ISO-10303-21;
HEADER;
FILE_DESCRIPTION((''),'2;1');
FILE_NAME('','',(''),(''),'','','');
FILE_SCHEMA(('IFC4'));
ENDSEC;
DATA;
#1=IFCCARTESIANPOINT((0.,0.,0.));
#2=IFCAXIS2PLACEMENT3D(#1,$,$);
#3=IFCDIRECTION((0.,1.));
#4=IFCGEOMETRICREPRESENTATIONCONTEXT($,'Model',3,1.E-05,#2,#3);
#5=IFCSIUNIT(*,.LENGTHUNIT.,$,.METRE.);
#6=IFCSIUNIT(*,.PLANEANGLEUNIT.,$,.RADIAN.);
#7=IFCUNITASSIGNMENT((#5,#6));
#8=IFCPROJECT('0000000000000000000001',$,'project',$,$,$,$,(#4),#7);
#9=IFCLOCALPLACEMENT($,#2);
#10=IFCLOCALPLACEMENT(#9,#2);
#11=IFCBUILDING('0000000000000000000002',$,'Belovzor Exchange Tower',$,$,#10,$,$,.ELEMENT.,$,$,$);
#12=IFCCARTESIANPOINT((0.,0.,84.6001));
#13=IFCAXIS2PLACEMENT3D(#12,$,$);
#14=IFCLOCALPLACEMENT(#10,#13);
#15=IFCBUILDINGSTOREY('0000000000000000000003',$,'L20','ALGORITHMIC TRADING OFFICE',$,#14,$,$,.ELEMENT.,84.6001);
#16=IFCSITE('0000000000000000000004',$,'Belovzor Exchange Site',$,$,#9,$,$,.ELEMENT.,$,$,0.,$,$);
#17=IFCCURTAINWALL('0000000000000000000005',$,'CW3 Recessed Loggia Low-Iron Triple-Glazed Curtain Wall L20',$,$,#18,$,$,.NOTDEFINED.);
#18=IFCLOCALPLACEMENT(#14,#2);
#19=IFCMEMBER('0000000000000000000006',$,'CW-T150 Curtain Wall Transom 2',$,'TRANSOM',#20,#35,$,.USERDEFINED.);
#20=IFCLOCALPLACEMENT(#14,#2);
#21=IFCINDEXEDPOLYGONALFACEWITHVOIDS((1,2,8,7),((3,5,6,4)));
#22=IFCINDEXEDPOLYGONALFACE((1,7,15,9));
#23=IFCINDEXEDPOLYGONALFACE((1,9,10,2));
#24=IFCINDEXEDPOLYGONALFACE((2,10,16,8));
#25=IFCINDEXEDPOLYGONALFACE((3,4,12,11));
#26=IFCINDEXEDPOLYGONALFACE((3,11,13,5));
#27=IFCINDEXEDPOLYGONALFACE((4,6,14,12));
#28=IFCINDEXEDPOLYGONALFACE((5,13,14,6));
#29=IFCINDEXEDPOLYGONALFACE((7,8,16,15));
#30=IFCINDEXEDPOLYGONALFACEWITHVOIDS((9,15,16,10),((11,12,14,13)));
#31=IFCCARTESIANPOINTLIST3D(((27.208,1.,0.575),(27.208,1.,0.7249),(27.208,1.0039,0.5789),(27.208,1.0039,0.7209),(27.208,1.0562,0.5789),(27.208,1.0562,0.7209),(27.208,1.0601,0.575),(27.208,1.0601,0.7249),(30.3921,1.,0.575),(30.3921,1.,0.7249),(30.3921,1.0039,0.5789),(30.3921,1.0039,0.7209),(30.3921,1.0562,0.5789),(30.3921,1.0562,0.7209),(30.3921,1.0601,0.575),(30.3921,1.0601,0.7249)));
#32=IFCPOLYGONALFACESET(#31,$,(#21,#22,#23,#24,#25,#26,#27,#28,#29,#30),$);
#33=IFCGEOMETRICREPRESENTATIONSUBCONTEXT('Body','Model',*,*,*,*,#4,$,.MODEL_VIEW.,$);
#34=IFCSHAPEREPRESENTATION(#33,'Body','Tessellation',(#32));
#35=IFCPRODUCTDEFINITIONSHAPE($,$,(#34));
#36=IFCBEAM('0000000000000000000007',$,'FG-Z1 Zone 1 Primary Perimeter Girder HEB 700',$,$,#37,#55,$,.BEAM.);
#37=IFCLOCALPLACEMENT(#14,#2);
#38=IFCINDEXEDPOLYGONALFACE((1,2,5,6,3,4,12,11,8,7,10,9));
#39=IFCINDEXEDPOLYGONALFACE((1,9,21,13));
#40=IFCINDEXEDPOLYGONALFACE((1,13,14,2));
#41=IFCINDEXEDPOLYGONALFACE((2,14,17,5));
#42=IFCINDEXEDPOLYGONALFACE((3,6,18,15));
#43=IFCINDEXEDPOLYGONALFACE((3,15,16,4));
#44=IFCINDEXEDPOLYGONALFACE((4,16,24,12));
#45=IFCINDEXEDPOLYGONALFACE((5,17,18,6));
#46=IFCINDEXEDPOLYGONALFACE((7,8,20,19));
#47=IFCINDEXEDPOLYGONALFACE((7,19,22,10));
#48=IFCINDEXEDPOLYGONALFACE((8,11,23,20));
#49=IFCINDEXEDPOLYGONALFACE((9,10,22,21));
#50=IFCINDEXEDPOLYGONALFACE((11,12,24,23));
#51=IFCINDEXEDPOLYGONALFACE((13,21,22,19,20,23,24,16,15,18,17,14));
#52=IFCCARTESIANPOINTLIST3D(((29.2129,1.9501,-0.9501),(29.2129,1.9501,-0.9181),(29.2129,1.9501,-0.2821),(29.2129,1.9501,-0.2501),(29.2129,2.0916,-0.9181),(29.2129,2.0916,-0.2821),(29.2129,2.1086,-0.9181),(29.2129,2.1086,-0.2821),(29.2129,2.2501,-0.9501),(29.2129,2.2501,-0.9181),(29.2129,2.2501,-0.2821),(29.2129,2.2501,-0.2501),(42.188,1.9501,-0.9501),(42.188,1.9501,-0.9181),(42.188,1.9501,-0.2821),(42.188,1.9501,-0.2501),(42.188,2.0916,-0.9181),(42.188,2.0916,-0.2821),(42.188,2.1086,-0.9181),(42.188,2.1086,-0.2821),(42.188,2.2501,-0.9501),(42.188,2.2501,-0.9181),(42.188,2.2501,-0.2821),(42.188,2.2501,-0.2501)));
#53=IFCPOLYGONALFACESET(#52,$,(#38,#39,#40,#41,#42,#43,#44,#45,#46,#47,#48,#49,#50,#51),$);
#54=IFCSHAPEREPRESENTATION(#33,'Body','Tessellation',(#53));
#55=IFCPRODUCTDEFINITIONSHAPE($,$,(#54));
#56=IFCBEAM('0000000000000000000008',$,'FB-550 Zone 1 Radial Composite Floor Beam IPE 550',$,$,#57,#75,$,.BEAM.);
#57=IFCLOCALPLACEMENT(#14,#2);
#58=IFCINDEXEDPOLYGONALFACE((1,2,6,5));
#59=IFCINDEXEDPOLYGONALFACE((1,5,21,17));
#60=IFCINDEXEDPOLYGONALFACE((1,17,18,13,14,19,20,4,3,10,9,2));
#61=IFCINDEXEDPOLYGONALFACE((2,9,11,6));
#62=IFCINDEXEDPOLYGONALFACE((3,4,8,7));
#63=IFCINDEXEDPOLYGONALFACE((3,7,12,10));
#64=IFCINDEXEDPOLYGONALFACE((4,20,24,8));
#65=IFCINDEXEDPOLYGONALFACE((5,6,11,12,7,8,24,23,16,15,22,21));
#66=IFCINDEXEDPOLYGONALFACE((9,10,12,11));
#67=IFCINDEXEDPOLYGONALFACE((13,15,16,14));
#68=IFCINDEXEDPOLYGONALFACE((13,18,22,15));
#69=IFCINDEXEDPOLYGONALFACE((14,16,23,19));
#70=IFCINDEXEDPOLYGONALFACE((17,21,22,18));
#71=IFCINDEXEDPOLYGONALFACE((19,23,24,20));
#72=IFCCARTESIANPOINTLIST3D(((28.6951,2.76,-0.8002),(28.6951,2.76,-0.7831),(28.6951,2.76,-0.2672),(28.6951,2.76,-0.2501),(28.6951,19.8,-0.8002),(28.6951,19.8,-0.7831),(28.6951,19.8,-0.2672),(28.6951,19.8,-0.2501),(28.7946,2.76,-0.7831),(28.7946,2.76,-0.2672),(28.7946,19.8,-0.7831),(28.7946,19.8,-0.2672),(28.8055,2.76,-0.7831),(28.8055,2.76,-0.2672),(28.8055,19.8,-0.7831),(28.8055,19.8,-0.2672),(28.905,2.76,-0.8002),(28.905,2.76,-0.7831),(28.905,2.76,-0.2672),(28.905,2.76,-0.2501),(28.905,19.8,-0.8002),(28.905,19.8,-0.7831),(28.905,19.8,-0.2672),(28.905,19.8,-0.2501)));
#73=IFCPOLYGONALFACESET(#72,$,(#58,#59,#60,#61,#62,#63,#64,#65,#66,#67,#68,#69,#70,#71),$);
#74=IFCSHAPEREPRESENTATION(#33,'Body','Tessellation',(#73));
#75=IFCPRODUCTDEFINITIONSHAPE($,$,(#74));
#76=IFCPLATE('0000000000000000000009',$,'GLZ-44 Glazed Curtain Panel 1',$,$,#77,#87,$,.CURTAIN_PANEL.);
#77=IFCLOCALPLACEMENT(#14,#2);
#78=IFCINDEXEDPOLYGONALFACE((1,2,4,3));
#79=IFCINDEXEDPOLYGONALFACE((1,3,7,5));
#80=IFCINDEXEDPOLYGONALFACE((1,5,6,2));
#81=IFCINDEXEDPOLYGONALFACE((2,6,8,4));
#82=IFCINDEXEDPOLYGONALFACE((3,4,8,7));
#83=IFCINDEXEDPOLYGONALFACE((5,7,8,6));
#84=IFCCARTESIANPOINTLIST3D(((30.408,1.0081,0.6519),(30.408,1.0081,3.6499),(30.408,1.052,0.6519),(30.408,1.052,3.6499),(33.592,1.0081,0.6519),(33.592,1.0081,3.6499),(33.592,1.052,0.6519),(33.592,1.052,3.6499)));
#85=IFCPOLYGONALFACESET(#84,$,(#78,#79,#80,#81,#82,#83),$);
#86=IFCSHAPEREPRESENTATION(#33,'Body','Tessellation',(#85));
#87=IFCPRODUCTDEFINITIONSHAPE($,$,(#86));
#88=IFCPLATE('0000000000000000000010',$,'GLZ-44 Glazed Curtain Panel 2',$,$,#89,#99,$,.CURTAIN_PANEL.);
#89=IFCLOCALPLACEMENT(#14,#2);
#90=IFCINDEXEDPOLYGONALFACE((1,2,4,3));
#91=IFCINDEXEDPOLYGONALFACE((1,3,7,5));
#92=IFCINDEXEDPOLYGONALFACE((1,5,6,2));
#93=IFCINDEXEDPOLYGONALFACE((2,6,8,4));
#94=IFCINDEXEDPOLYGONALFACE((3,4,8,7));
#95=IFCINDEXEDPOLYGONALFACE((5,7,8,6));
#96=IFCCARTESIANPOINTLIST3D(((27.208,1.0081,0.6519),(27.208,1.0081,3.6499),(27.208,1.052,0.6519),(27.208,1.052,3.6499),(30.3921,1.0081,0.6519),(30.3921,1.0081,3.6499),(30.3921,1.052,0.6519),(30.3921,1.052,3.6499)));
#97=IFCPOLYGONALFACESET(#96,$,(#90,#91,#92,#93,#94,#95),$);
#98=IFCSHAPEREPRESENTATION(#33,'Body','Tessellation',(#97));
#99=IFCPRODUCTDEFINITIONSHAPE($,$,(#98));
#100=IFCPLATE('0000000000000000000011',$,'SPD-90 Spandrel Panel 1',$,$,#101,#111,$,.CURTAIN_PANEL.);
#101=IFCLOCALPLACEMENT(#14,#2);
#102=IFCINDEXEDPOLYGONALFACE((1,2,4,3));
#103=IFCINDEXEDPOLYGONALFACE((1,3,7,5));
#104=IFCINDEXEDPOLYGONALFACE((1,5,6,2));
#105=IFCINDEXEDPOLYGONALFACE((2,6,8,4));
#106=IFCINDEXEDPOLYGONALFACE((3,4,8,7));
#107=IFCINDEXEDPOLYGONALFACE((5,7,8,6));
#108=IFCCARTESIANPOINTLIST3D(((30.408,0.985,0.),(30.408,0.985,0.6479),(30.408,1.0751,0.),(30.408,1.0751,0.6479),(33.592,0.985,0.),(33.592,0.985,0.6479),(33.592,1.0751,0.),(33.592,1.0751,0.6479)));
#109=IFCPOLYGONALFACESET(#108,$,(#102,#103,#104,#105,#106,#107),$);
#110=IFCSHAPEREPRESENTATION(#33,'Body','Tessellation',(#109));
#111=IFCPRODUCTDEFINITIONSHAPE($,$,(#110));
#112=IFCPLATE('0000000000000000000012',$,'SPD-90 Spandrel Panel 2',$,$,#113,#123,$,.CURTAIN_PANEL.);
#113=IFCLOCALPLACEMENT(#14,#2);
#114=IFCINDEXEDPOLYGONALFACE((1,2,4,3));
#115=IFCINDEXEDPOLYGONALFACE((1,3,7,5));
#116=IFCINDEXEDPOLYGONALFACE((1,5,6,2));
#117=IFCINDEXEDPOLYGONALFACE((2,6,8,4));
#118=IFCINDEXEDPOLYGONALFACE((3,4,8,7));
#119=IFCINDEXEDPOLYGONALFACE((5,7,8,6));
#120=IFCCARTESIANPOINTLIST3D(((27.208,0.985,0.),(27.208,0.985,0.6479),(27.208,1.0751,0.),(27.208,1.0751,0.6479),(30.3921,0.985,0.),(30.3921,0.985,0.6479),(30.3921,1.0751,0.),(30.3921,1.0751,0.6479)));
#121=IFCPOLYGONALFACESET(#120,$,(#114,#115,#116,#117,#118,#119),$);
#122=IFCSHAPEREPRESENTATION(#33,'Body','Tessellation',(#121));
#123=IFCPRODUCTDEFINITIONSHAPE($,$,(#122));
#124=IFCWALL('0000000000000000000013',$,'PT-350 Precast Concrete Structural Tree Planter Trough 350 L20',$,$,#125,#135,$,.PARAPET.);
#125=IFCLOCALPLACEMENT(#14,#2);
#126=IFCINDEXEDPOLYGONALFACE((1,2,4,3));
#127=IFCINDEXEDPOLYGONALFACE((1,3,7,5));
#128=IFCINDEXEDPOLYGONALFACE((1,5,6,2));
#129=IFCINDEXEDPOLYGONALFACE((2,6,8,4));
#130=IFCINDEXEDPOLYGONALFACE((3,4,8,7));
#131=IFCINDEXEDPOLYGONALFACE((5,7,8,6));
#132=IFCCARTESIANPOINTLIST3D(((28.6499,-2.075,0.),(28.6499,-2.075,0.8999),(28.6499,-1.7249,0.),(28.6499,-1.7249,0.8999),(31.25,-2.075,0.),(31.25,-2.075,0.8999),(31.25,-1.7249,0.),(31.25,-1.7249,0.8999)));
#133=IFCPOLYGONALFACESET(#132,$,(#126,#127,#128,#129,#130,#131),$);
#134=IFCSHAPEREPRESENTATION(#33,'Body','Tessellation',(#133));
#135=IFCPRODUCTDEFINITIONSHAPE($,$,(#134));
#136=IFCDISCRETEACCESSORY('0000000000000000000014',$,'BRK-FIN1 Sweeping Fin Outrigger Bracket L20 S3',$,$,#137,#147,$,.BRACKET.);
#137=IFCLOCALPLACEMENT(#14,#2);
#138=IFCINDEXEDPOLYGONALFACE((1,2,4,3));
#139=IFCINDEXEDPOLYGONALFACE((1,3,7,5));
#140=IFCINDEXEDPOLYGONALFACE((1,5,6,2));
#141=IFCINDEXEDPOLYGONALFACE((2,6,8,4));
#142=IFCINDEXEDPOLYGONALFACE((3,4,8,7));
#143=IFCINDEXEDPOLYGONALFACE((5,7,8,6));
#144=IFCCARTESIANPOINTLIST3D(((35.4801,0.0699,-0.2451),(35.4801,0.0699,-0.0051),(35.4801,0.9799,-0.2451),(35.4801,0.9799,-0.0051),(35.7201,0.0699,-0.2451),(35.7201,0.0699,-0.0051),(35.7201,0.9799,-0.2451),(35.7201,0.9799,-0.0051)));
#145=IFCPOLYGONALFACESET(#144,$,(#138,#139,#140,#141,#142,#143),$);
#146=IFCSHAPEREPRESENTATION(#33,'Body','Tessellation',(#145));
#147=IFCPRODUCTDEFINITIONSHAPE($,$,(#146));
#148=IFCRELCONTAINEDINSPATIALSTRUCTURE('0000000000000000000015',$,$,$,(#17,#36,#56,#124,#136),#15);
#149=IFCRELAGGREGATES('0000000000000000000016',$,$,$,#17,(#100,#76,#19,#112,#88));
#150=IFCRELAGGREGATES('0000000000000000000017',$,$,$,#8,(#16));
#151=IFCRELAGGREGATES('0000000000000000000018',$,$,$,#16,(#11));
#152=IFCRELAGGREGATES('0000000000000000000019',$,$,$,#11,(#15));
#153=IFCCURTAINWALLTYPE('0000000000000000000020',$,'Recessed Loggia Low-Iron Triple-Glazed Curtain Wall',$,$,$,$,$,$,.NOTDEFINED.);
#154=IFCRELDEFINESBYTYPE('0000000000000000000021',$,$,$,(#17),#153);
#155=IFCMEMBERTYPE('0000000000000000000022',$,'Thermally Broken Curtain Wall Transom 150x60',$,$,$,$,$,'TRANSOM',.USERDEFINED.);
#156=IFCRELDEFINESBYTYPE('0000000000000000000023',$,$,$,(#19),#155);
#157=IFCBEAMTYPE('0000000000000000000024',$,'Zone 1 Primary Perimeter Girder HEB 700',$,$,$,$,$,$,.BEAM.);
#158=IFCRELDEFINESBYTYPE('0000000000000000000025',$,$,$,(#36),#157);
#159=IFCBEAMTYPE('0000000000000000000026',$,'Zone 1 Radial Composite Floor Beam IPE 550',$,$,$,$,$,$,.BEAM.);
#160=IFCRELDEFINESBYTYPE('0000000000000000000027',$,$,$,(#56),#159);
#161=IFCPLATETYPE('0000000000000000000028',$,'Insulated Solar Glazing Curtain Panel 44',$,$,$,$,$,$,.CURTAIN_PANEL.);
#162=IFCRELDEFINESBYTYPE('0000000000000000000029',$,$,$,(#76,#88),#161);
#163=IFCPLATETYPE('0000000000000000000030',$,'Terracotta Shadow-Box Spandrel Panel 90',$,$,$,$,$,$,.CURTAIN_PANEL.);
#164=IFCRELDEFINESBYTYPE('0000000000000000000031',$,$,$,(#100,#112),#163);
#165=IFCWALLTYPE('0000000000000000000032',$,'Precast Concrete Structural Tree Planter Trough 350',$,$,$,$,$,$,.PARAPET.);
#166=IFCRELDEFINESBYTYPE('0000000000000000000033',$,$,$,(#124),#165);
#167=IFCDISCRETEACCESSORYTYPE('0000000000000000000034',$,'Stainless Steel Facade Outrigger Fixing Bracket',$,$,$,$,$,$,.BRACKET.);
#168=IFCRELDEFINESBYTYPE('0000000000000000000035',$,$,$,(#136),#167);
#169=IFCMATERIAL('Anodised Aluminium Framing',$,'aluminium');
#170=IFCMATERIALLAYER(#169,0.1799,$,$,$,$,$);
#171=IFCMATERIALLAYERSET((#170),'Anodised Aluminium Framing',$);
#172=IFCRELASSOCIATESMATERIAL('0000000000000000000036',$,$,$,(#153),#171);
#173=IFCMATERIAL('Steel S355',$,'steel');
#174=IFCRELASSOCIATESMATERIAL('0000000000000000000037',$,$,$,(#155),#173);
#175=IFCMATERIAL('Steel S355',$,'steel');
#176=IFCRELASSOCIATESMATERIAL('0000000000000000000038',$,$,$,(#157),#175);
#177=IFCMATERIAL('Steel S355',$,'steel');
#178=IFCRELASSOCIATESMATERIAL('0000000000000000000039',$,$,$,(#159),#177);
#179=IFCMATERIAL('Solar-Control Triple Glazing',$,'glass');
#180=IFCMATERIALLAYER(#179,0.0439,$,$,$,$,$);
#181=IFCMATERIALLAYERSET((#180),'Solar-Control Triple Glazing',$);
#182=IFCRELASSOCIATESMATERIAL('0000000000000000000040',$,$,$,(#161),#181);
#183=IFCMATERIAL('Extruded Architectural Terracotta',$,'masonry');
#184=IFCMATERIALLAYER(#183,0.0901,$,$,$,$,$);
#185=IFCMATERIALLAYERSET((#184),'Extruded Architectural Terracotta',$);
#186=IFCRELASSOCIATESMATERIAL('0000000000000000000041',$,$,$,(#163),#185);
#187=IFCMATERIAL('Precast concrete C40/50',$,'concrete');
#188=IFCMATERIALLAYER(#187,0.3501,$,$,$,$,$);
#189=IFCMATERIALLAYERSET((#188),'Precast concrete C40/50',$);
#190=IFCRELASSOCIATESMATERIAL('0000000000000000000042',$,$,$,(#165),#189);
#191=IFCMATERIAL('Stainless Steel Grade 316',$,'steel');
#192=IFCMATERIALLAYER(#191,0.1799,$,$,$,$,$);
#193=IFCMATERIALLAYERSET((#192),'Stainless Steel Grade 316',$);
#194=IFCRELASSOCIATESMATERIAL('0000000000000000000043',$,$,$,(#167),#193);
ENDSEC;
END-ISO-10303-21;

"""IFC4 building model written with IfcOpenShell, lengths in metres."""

from ifc_helpers import new_model, si_unit, direction, frame, frame_2d, origin, origin_2d, place, context, subcontext, project, spatial, rectangle, hollow_rectangle, i_section, extrude, material, layer, layer_set, material_profile, profile_set, type_object, element, aggregate, save


model = new_model("IFC4")

# Units and contexts
model_context = context("Model", 3, precision=1e-05, world=origin(), true_north=direction((0.0, 1.0)))
body_context = subcontext(model_context, "Body", "Model", "MODEL_VIEW")
ifc_project = project(units=[si_unit("LENGTHUNIT", "METRE"), si_unit("PLANEANGLEUNIT", "RADIAN")], contexts=[model_context])

# Site, building, storey
site_placement = place(None, origin())
site = spatial("IfcSite", under=ifc_project, at=site_placement, Name="Belovzor Exchange Site", CompositionType="ELEMENT", RefElevation=0.0)
building_placement = place(site_placement, origin())
building = spatial("IfcBuilding", under=site, at=building_placement, Name="Belovzor Exchange Tower", CompositionType="ELEMENT")
storey_placement = place(building_placement, frame((0.0, 0.0, 84.6001)))
storey = spatial("IfcBuildingStorey", under=building, at=storey_placement, Name="L20", Description="ALGORITHMIC TRADING OFFICE", CompositionType="ELEMENT", Elevation=84.6001)

# Curtain wall, member
ifc_material_1 = material(Name="Anodised Aluminium Framing", Category="aluminium")
ifc_layer_1 = layer(ifc_material_1, 0.1799)
ifc_layer_set_1 = layer_set([ifc_layer_1], Name="Anodised Aluminium Framing")
curtain_wall_type = type_object("IfcCurtainWallType", Name="Recessed Loggia Low-Iron Triple-Glazed Curtain Wall", PredefinedType="NOTDEFINED", material=ifc_layer_set_1)
curtain_wall_placement = place(storey_placement, origin())
curtain_wall = element("IfcCurtainWall", 1, at=curtain_wall_placement, inside=storey, type_object=curtain_wall_type, Name="CW3 Recessed Loggia Low-Iron Triple-Glazed Curtain Wall L20", PredefinedType="NOTDEFINED")
ifc_material_2 = material(Name="Steel S355", Category="steel")
ifc_material_profile_1 = material_profile(ifc_material_2, hollow_rectangle(XDim=0.0601, YDim=0.1499, WallThickness=0.0039, at=origin_2d()))
ifc_profile_set_1 = profile_set([ifc_material_profile_1], Name="Steel S355")
member_type_1 = type_object("IfcMemberType", Name="Thermally Broken Curtain Wall Transom 150x60", ElementType="TRANSOM", PredefinedType="USERDEFINED", material=ifc_profile_set_1)
member_1_placement = place(storey_placement, frame((30.3921, 1.03, 0.6499), z_axis=(-1.0, 0.0, 0.0), x_axis=(0.0, -1.0, 0.0)))
member_1 = element("IfcMember", 2, at=member_1_placement, type_object=member_type_1, Name="CW-T150 Curtain Wall Transom 2", ObjectType="TRANSOM", PredefinedType="USERDEFINED", context=body_context, shape_type="SweptSolid", body=[
    extrude(hollow_rectangle(XDim=0.0601, YDim=0.1499, WallThickness=0.0039, at=origin_2d()), origin(), (0.0, 0.0, 1.0), 3.1841),
])

# Beams
ifc_material_3 = material(Name="Steel S355", Category="steel")
ifc_material_profile_2 = material_profile(ifc_material_3, i_section(OverallWidth=0.3, OverallDepth=0.7, WebThickness=0.0171, FlangeThickness=0.032, at=origin_2d()))
ifc_profile_set_2 = profile_set([ifc_material_profile_2], Name="Steel S355")
beam_type_1 = type_object("IfcBeamType", Name="Zone 1 Primary Perimeter Girder HEB 700", PredefinedType="BEAM", material=ifc_profile_set_2)
beam_1_placement = place(storey_placement, frame((29.2129, 2.1001, -0.6001), z_axis=(1.0, 0.0, 0.0), x_axis=(0.0, 1.0, 0.0)))
element("IfcBeam", 3, at=beam_1_placement, inside=storey, type_object=beam_type_1, Name="FG-Z1 Zone 1 Primary Perimeter Girder HEB 700", PredefinedType="BEAM", context=body_context, shape_type="SweptSolid", body=[
    extrude(i_section(OverallWidth=0.3, OverallDepth=0.7, WebThickness=0.0171, FlangeThickness=0.032, at=origin_2d()), origin(), (0.0, 0.0, 1.0), 12.9751),
])
ifc_material_4 = material(Name="Steel S355", Category="steel")
ifc_material_profile_3 = material_profile(ifc_material_4, i_section(OverallWidth=0.21, OverallDepth=0.55, WebThickness=0.011, FlangeThickness=0.0171, at=origin_2d()))
ifc_profile_set_3 = profile_set([ifc_material_profile_3], Name="Steel S355")
beam_type_2 = type_object("IfcBeamType", Name="Zone 1 Radial Composite Floor Beam IPE 550", PredefinedType="BEAM", material=ifc_profile_set_3)
beam_2_placement = place(storey_placement, frame((28.8, 19.8, -0.5251), z_axis=(0.0, -1.0, 0.0), x_axis=(1.0, 0.0, 0.0)))
element("IfcBeam", 4, at=beam_2_placement, inside=storey, type_object=beam_type_2, Name="FB-550 Zone 1 Radial Composite Floor Beam IPE 550", PredefinedType="BEAM", context=body_context, shape_type="SweptSolid", body=[
    extrude(i_section(OverallWidth=0.21, OverallDepth=0.55, WebThickness=0.011, FlangeThickness=0.0171, at=origin_2d()), origin(), (0.0, 0.0, 1.0), 17.04),
])

# Plates
ifc_material_5 = material(Name="Solar-Control Triple Glazing", Category="glass")
ifc_layer_2 = layer(ifc_material_5, 0.0439)
ifc_layer_set_2 = layer_set([ifc_layer_2], Name="Solar-Control Triple Glazing")
plate_type_1 = type_object("IfcPlateType", Name="Insulated Solar Glazing Curtain Panel 44", PredefinedType="CURTAIN_PANEL", material=ifc_layer_set_2)
plate_1_placement = place(storey_placement, frame((32.0, 1.03, 0.6519), z_axis=(0.0, 0.0, 1.0), x_axis=(-1.0, 0.0, 0.0)))
plate_1 = element("IfcPlate", 5, at=plate_1_placement, type_object=plate_type_1, Name="GLZ-44 Glazed Curtain Panel 1", PredefinedType="CURTAIN_PANEL", context=body_context, shape_type="SweptSolid", body=[
    extrude(rectangle(XDim=3.1841, YDim=0.0439, at=origin_2d()), origin(), (0.0, 0.0, 1.0), 2.998),
])
plate_2_placement = place(storey_placement, frame((28.8, 1.03, 0.6519), z_axis=(0.0, 0.0, 1.0), x_axis=(-1.0, 0.0, 0.0)))
plate_2 = element("IfcPlate", 6, at=plate_2_placement, type_object=plate_type_1, Name="GLZ-44 Glazed Curtain Panel 2", PredefinedType="CURTAIN_PANEL", context=body_context, shape_type="SweptSolid", body=[
    extrude(rectangle(XDim=3.1841, YDim=0.0439, at=origin_2d()), origin(), (0.0, 0.0, 1.0), 2.998),
])
ifc_material_6 = material(Name="Extruded Architectural Terracotta", Category="masonry")
ifc_layer_3 = layer(ifc_material_6, 0.0901)
ifc_layer_set_3 = layer_set([ifc_layer_3], Name="Extruded Architectural Terracotta")
plate_type_2 = type_object("IfcPlateType", Name="Terracotta Shadow-Box Spandrel Panel 90", PredefinedType="CURTAIN_PANEL", material=ifc_layer_set_3)
plate_3_placement = place(storey_placement, frame((32.0, 1.03, 0.0), z_axis=(0.0, 0.0, 1.0), x_axis=(-1.0, 0.0, 0.0)))
plate_3 = element("IfcPlate", 7, at=plate_3_placement, type_object=plate_type_2, Name="SPD-90 Spandrel Panel 1", PredefinedType="CURTAIN_PANEL", context=body_context, shape_type="SweptSolid", body=[
    extrude(rectangle(XDim=3.1841, YDim=0.0901, at=origin_2d()), origin(), (0.0, 0.0, 1.0), 0.6479),
])
plate_4_placement = place(storey_placement, frame((28.8, 1.03, 0.0), z_axis=(0.0, 0.0, 1.0), x_axis=(-1.0, 0.0, 0.0)))
plate_4 = element("IfcPlate", 8, at=plate_4_placement, type_object=plate_type_2, Name="SPD-90 Spandrel Panel 2", PredefinedType="CURTAIN_PANEL", context=body_context, shape_type="SweptSolid", body=[
    extrude(rectangle(XDim=3.1841, YDim=0.0901, at=origin_2d()), origin(), (0.0, 0.0, 1.0), 0.6479),
])
aggregate(curtain_wall, [plate_3, plate_1, member_1, plate_4, plate_2])

# Wall
ifc_material_7 = material(Name="Precast concrete C40/50", Category="concrete")
ifc_layer_4 = layer(ifc_material_7, 0.3501)
ifc_layer_set_4 = layer_set([ifc_layer_4], Name="Precast concrete C40/50")
wall_type = type_object("IfcWallType", Name="Precast Concrete Structural Tree Planter Trough 350", PredefinedType="PARAPET", material=ifc_layer_set_4)
wall_placement = place(storey_placement, frame((28.6499, -1.8999, 0.0), z_axis=(0.0, 0.0, 1.0), x_axis=(1.0, 0.0, 0.0)))
element("IfcWall", 9, at=wall_placement, inside=storey, type_object=wall_type, Name="PT-350 Precast Concrete Structural Tree Planter Trough 350 L20", PredefinedType="PARAPET", context=body_context, shape_type="SweptSolid", body=[
    extrude(rectangle(XDim=2.6001, YDim=0.3501, at=frame_2d((1.3, 0.0))), origin(), (0.0, 0.0, 1.0), 0.8999),
])

# Discrete accessory
ifc_material_8 = material(Name="Stainless Steel Grade 316", Category="steel")
ifc_layer_5 = layer(ifc_material_8, 0.1799)
ifc_layer_set_5 = layer_set([ifc_layer_5], Name="Stainless Steel Grade 316")
discrete_accessory_type = type_object("IfcDiscreteAccessoryType", Name="Stainless Steel Facade Outrigger Fixing Bracket", PredefinedType="BRACKET", material=ifc_layer_set_5)
discrete_accessory_placement = place(storey_placement, frame((35.6001, 0.5249, -0.2451), z_axis=(0.0, 0.0, 1.0), x_axis=(0.0, 1.0, 0.0)))
element("IfcDiscreteAccessory", 10, at=discrete_accessory_placement, inside=storey, type_object=discrete_accessory_type, Name="BRK-FIN1 Sweeping Fin Outrigger Bracket L20 S3", PredefinedType="BRACKET", context=body_context, shape_type="SweptSolid", body=[
    extrude(rectangle(XDim=0.9099, YDim=0.24, at=origin_2d()), origin(), (0.0, 0.0, 1.0), 0.24),
])

save(model, "model.ifc")
